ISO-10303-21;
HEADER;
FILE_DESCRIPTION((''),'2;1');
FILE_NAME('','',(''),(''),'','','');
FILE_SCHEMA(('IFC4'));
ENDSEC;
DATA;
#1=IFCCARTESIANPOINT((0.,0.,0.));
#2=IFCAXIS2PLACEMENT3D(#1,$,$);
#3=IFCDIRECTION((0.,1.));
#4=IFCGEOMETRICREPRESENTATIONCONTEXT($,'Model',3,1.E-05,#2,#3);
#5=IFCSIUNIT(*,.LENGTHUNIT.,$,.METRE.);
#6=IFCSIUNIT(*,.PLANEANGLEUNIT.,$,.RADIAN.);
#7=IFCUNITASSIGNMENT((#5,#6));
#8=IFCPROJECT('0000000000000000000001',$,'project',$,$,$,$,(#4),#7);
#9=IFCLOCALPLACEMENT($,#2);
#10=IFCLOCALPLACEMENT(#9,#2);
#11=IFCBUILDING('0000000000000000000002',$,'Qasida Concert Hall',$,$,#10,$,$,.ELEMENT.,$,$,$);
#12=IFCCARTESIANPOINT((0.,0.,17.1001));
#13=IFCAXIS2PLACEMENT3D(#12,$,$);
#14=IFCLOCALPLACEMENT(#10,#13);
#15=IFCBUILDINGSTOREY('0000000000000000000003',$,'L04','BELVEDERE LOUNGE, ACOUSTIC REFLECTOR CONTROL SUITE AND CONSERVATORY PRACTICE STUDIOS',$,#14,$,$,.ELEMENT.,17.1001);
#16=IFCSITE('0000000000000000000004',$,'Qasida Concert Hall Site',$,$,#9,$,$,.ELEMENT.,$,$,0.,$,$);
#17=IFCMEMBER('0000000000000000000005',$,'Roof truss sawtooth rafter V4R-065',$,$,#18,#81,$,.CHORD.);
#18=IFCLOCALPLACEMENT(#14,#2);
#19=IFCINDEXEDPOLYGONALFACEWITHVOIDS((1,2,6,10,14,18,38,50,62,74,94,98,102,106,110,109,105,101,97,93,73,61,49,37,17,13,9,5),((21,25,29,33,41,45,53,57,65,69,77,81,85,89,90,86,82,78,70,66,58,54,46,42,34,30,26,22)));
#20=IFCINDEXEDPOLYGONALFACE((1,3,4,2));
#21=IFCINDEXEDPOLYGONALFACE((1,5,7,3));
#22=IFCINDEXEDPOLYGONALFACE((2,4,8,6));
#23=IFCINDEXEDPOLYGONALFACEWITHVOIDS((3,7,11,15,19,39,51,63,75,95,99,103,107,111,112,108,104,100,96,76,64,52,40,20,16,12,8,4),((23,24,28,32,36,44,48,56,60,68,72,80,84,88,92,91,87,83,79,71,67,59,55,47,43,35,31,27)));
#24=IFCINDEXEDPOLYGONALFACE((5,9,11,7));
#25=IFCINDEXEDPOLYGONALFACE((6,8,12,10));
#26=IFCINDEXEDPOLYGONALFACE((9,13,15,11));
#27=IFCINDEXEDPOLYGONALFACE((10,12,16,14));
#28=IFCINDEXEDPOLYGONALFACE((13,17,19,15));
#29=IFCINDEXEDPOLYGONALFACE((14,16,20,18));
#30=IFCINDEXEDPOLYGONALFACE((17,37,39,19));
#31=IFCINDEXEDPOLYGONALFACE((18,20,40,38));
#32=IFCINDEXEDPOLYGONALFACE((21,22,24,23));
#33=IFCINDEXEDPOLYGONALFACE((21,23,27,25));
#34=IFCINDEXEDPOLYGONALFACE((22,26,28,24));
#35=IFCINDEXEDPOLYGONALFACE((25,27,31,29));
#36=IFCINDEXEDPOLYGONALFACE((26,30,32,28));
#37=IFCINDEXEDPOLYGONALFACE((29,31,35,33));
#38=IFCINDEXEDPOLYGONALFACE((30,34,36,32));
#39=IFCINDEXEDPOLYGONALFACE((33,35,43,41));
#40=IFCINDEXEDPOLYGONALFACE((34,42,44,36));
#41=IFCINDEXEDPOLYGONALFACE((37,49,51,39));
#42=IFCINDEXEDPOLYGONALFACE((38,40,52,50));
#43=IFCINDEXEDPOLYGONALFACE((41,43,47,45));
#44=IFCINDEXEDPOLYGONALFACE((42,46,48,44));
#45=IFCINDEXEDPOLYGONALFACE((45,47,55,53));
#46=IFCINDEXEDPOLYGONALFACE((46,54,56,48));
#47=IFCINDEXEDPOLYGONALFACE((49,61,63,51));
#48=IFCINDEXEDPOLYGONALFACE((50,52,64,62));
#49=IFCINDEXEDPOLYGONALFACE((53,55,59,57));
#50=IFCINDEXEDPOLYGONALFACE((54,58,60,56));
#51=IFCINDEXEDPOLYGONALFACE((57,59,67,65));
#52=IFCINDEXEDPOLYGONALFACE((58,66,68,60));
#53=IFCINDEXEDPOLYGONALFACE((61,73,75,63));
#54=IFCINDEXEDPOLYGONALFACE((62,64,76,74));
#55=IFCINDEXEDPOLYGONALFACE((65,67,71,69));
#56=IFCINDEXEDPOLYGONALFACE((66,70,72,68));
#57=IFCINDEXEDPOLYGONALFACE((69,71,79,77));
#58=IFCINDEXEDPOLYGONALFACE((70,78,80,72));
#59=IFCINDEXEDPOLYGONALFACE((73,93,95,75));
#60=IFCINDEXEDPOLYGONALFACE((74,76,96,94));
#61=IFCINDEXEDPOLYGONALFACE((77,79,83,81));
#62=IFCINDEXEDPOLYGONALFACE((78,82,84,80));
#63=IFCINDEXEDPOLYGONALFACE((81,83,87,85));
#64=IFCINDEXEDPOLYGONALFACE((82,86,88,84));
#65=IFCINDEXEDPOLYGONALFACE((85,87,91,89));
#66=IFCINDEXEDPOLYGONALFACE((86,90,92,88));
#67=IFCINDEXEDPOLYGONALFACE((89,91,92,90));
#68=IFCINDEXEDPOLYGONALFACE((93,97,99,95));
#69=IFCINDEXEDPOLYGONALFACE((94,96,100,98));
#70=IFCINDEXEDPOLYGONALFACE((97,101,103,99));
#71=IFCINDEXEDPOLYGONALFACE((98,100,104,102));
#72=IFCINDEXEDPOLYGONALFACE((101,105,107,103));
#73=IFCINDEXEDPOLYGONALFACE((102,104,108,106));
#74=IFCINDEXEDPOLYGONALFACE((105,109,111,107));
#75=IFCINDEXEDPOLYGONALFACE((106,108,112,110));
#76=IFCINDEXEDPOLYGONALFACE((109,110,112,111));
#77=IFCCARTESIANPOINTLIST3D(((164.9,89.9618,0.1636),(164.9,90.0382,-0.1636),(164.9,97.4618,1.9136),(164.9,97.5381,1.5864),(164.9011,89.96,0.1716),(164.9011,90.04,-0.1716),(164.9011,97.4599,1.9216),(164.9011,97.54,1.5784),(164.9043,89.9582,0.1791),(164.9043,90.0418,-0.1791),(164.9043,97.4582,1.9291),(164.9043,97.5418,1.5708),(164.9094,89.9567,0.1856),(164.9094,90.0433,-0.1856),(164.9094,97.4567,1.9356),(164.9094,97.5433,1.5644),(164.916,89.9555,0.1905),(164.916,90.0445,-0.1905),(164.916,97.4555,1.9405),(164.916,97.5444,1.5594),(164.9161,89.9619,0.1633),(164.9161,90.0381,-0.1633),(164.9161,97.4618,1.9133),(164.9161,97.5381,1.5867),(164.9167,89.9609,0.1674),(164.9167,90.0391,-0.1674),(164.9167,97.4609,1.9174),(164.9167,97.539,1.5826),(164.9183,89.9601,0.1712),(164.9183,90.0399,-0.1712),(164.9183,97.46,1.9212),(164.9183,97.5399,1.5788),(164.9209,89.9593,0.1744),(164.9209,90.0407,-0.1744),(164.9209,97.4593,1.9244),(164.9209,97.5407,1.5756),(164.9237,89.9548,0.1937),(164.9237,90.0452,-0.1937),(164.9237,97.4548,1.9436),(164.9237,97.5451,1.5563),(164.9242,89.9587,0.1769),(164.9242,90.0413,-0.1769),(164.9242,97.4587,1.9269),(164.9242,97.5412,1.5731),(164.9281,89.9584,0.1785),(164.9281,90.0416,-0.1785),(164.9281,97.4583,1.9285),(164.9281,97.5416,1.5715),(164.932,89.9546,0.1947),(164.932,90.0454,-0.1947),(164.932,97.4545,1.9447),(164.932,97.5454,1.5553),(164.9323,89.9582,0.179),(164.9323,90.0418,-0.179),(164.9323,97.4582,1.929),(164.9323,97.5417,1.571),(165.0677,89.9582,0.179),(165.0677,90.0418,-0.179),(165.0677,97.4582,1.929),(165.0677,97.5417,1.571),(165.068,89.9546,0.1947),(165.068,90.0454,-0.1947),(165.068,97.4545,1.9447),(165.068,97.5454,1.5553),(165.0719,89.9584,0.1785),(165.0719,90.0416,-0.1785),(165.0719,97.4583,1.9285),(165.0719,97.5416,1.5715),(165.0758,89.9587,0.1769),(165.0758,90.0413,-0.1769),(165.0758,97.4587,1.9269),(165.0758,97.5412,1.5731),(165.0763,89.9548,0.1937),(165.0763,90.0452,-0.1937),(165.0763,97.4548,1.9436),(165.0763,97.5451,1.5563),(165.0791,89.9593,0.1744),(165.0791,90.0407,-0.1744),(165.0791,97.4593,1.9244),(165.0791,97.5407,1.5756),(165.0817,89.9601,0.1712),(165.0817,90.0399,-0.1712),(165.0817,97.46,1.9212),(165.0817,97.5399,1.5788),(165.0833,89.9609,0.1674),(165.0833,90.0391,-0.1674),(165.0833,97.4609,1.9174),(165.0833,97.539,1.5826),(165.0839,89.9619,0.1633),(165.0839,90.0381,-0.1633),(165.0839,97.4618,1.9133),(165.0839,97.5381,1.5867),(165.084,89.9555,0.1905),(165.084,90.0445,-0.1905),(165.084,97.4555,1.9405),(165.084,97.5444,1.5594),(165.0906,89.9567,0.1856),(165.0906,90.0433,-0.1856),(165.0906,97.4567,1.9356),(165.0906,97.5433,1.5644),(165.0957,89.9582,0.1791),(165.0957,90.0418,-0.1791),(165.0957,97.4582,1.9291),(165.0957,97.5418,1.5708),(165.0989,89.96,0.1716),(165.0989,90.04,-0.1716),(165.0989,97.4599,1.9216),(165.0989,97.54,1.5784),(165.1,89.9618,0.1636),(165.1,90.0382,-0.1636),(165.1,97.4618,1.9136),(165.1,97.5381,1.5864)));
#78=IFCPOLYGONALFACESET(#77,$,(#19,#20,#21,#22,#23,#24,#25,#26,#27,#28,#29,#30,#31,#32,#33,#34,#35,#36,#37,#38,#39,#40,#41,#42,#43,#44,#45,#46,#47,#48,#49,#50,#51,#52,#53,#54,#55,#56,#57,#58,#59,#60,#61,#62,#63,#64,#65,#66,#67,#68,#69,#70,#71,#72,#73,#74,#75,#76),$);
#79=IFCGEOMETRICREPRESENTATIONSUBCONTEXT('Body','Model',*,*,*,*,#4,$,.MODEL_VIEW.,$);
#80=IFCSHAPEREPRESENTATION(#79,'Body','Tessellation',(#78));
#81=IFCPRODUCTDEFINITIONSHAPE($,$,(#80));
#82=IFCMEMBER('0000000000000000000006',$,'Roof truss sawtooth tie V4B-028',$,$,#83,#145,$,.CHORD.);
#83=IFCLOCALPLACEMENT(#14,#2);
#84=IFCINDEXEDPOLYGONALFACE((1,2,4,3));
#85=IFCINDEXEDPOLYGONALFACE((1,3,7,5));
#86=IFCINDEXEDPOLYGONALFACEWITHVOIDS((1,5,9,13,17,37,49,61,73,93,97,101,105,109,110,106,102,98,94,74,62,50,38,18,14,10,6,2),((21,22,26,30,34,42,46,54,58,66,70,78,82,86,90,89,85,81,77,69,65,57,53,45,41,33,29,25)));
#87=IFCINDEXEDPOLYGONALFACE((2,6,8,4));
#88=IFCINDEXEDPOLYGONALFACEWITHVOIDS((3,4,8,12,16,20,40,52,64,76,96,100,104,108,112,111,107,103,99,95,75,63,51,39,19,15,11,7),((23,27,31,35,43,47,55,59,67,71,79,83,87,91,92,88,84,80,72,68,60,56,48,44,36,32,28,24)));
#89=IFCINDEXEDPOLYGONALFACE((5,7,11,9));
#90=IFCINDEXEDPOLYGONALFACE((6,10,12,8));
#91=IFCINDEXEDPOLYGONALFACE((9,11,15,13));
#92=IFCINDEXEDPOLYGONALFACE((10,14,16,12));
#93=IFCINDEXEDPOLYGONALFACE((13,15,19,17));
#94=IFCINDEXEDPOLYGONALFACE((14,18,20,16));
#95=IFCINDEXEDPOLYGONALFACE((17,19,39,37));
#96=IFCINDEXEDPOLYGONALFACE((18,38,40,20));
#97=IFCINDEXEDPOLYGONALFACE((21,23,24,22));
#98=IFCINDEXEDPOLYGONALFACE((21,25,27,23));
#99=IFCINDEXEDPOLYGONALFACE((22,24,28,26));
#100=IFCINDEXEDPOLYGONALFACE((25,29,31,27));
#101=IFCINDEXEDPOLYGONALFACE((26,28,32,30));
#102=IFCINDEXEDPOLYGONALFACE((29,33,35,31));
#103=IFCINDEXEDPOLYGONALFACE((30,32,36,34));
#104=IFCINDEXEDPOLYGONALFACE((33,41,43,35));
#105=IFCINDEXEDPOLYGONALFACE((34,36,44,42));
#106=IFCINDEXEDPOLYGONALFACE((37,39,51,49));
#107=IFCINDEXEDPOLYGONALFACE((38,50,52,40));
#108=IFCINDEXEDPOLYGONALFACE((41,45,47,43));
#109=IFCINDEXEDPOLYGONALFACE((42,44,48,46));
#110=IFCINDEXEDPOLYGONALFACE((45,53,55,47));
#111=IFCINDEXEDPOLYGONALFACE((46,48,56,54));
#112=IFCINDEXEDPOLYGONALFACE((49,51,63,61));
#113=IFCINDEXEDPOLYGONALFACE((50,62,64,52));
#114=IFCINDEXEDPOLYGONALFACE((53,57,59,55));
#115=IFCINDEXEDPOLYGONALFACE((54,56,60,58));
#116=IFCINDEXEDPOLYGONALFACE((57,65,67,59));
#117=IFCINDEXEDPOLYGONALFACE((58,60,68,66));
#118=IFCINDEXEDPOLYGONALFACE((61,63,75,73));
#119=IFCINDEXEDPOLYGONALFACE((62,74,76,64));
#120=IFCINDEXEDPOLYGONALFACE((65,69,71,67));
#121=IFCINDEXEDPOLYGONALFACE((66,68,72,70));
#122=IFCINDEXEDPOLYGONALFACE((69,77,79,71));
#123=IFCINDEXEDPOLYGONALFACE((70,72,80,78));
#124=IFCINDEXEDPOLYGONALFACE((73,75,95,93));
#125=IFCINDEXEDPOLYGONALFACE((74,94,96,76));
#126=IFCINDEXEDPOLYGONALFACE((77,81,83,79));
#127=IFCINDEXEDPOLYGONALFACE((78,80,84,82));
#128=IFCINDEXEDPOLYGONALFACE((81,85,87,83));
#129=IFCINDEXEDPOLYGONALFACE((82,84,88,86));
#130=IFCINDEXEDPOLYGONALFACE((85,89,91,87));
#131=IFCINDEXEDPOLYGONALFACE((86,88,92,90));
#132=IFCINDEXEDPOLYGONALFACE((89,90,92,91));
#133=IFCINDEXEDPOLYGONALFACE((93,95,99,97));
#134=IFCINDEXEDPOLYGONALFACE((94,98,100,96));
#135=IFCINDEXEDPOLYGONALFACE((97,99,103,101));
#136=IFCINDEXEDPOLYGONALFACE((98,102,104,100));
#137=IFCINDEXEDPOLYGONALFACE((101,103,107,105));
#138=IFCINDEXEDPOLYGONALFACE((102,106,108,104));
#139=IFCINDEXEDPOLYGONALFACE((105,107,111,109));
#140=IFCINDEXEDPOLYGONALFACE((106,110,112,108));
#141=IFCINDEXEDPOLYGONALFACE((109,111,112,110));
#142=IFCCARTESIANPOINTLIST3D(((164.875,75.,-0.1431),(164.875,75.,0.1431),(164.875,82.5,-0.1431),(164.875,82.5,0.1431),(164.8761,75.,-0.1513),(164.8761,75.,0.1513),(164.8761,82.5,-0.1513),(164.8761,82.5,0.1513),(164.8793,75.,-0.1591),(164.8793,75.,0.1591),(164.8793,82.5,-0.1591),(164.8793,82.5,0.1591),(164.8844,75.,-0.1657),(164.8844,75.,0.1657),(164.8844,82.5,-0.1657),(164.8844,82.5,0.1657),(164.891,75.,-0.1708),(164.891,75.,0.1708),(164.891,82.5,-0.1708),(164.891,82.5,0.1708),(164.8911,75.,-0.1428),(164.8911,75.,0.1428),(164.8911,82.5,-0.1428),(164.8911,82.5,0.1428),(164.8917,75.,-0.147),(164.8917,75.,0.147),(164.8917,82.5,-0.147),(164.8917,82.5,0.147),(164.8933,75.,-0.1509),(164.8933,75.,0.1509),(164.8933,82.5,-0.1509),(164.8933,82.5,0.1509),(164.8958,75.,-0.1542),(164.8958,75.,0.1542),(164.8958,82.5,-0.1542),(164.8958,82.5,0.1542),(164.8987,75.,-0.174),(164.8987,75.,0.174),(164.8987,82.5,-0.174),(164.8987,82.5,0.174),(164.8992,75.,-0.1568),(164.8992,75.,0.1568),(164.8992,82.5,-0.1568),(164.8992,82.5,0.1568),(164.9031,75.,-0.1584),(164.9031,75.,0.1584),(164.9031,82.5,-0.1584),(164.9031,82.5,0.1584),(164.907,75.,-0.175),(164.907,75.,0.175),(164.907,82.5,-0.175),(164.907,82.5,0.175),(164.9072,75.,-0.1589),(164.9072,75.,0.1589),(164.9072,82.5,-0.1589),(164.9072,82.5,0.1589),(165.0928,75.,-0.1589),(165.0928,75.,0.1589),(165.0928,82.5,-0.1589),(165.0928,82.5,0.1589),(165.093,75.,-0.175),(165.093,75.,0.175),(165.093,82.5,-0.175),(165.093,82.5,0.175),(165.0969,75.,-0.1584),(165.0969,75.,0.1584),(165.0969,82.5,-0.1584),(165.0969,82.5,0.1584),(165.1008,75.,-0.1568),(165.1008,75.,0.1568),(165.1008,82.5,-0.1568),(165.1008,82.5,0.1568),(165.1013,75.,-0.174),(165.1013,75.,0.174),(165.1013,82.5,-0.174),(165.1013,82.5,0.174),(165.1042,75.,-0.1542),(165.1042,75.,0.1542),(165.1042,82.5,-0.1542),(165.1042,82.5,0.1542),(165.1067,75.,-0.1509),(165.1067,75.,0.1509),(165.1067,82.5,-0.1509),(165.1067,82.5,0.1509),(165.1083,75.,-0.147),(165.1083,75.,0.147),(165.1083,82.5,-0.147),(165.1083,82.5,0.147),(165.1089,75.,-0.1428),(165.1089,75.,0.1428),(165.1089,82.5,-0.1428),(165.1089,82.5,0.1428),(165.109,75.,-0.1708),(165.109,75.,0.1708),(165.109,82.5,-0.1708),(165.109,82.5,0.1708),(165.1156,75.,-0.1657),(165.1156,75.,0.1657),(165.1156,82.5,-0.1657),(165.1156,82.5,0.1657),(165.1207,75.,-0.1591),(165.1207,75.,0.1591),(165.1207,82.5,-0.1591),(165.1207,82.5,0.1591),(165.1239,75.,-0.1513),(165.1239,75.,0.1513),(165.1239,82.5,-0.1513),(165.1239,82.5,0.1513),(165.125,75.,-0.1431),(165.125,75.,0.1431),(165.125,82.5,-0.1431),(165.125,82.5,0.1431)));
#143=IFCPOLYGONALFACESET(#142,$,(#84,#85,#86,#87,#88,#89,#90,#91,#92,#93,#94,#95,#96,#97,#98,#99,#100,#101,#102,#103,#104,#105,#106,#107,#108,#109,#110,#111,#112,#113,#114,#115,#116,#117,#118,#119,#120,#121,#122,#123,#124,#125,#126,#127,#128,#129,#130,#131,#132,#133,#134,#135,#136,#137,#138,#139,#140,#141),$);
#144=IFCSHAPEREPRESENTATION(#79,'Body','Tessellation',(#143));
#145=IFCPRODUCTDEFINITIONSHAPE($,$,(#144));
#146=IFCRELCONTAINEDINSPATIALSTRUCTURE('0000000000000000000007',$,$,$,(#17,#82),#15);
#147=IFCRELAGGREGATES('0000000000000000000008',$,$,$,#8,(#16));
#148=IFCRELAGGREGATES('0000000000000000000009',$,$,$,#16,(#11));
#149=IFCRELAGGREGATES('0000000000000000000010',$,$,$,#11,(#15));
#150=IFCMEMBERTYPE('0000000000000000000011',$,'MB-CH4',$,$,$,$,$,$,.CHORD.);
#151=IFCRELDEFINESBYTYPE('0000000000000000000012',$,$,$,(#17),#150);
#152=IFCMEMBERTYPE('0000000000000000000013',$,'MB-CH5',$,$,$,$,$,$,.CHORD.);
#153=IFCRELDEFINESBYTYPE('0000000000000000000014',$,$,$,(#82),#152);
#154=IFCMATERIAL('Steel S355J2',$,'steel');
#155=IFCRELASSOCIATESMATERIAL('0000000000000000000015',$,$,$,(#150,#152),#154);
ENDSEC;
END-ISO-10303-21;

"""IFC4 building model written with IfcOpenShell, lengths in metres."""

from ifc_helpers import new_model, si_unit, direction, frame, origin, origin_2d, place, context, subcontext, project, spatial, hollow_rectangle, extrude, material, material_profile, profile_set, type_object, element, save


model = new_model("IFC4")

# Units and contexts
model_context = context("Model", 3, precision=1e-05, world=origin(), true_north=direction((0.0, 1.0)))
body_context = subcontext(model_context, "Body", "Model", "MODEL_VIEW")
ifc_project = project(units=[si_unit("LENGTHUNIT", "METRE"), si_unit("PLANEANGLEUNIT", "RADIAN")], contexts=[model_context])

# Site, building, storey
site_placement = place(None, origin())
site = spatial("IfcSite", under=ifc_project, at=site_placement, Name="Qasida Concert Hall Site", CompositionType="ELEMENT", RefElevation=0.0)
building_placement = place(site_placement, origin())
building = spatial("IfcBuilding", under=site, at=building_placement, Name="Qasida Concert Hall", CompositionType="ELEMENT")
storey_placement = place(building_placement, frame((0.0, 0.0, 17.1001)))
storey = spatial("IfcBuildingStorey", under=building, at=storey_placement, Name="L04", Description="BELVEDERE LOUNGE, ACOUSTIC REFLECTOR CONTROL SUITE AND CONSERVATORY PRACTICE STUDIOS", CompositionType="ELEMENT", Elevation=17.1001)

# Members
ifc_material_1 = material(Name="Steel S355J2", Category="steel")
ifc_material_profile_1 = material_profile(ifc_material_1, hollow_rectangle(XDim=0.2, YDim=0.3999, WallThickness=0.0161, InnerFilletRadius=0.0161, OuterFilletRadius=0.032, at=origin_2d()), Name="RHS 400x200x16")
ifc_profile_set_1 = profile_set([ifc_material_profile_1], Name="Steel S355J2")
member_type_1 = type_object("IfcMemberType", Name="MB-CH4", PredefinedType="CHORD", material=ifc_profile_set_1)
for number, where, z_axis, x_axis, name in (
    (1, (165.0, 90.0, 0.0), (0.0, 0.973841, 0.22723), (-1.0, 0.0, 0.0), "Roof truss sawtooth rafter V4R-065"),
):
    element("IfcMember", number, at=place(storey_placement, frame(where, z_axis=z_axis, x_axis=x_axis)), inside=storey, type_object=member_type_1, Name=name, PredefinedType="CHORD", context=body_context, shape_type="SweptSolid", body=[
        extrude(hollow_rectangle(XDim=0.2, YDim=0.3999, WallThickness=0.0161, InnerFilletRadius=0.0161, OuterFilletRadius=0.032, at=origin_2d()), origin(), (0.0, 0.0, 1.0), 7.7014),
    ])
ifc_material_profile_2 = material_profile(ifc_material_1, hollow_rectangle(XDim=0.25, YDim=0.3501, WallThickness=0.0161, InnerFilletRadius=0.0161, OuterFilletRadius=0.032, at=origin_2d()), Name="RHS 350x250x16")
ifc_profile_set_2 = profile_set([ifc_material_profile_2], Name="Steel S355J2")
member_type_2 = type_object("IfcMemberType", Name="MB-CH5", PredefinedType="CHORD", material=ifc_profile_set_2)
for number, where, z_axis, x_axis, name in (
    (2, (165.0, 75.0, 0.0), (0.0, 1.0, 0.0), (-1.0, 0.0, 0.0), "Roof truss sawtooth tie V4B-028"),
):
    element("IfcMember", number, at=place(storey_placement, frame(where, z_axis=z_axis, x_axis=x_axis)), inside=storey, type_object=member_type_2, Name=name, PredefinedType="CHORD", context=body_context, shape_type="SweptSolid", body=[
        extrude(hollow_rectangle(XDim=0.25, YDim=0.3501, WallThickness=0.0161, InnerFilletRadius=0.0161, OuterFilletRadius=0.032, at=origin_2d()), origin(), (0.0, 0.0, 1.0), 7.5),
    ])

save(model, "model.ifc")
